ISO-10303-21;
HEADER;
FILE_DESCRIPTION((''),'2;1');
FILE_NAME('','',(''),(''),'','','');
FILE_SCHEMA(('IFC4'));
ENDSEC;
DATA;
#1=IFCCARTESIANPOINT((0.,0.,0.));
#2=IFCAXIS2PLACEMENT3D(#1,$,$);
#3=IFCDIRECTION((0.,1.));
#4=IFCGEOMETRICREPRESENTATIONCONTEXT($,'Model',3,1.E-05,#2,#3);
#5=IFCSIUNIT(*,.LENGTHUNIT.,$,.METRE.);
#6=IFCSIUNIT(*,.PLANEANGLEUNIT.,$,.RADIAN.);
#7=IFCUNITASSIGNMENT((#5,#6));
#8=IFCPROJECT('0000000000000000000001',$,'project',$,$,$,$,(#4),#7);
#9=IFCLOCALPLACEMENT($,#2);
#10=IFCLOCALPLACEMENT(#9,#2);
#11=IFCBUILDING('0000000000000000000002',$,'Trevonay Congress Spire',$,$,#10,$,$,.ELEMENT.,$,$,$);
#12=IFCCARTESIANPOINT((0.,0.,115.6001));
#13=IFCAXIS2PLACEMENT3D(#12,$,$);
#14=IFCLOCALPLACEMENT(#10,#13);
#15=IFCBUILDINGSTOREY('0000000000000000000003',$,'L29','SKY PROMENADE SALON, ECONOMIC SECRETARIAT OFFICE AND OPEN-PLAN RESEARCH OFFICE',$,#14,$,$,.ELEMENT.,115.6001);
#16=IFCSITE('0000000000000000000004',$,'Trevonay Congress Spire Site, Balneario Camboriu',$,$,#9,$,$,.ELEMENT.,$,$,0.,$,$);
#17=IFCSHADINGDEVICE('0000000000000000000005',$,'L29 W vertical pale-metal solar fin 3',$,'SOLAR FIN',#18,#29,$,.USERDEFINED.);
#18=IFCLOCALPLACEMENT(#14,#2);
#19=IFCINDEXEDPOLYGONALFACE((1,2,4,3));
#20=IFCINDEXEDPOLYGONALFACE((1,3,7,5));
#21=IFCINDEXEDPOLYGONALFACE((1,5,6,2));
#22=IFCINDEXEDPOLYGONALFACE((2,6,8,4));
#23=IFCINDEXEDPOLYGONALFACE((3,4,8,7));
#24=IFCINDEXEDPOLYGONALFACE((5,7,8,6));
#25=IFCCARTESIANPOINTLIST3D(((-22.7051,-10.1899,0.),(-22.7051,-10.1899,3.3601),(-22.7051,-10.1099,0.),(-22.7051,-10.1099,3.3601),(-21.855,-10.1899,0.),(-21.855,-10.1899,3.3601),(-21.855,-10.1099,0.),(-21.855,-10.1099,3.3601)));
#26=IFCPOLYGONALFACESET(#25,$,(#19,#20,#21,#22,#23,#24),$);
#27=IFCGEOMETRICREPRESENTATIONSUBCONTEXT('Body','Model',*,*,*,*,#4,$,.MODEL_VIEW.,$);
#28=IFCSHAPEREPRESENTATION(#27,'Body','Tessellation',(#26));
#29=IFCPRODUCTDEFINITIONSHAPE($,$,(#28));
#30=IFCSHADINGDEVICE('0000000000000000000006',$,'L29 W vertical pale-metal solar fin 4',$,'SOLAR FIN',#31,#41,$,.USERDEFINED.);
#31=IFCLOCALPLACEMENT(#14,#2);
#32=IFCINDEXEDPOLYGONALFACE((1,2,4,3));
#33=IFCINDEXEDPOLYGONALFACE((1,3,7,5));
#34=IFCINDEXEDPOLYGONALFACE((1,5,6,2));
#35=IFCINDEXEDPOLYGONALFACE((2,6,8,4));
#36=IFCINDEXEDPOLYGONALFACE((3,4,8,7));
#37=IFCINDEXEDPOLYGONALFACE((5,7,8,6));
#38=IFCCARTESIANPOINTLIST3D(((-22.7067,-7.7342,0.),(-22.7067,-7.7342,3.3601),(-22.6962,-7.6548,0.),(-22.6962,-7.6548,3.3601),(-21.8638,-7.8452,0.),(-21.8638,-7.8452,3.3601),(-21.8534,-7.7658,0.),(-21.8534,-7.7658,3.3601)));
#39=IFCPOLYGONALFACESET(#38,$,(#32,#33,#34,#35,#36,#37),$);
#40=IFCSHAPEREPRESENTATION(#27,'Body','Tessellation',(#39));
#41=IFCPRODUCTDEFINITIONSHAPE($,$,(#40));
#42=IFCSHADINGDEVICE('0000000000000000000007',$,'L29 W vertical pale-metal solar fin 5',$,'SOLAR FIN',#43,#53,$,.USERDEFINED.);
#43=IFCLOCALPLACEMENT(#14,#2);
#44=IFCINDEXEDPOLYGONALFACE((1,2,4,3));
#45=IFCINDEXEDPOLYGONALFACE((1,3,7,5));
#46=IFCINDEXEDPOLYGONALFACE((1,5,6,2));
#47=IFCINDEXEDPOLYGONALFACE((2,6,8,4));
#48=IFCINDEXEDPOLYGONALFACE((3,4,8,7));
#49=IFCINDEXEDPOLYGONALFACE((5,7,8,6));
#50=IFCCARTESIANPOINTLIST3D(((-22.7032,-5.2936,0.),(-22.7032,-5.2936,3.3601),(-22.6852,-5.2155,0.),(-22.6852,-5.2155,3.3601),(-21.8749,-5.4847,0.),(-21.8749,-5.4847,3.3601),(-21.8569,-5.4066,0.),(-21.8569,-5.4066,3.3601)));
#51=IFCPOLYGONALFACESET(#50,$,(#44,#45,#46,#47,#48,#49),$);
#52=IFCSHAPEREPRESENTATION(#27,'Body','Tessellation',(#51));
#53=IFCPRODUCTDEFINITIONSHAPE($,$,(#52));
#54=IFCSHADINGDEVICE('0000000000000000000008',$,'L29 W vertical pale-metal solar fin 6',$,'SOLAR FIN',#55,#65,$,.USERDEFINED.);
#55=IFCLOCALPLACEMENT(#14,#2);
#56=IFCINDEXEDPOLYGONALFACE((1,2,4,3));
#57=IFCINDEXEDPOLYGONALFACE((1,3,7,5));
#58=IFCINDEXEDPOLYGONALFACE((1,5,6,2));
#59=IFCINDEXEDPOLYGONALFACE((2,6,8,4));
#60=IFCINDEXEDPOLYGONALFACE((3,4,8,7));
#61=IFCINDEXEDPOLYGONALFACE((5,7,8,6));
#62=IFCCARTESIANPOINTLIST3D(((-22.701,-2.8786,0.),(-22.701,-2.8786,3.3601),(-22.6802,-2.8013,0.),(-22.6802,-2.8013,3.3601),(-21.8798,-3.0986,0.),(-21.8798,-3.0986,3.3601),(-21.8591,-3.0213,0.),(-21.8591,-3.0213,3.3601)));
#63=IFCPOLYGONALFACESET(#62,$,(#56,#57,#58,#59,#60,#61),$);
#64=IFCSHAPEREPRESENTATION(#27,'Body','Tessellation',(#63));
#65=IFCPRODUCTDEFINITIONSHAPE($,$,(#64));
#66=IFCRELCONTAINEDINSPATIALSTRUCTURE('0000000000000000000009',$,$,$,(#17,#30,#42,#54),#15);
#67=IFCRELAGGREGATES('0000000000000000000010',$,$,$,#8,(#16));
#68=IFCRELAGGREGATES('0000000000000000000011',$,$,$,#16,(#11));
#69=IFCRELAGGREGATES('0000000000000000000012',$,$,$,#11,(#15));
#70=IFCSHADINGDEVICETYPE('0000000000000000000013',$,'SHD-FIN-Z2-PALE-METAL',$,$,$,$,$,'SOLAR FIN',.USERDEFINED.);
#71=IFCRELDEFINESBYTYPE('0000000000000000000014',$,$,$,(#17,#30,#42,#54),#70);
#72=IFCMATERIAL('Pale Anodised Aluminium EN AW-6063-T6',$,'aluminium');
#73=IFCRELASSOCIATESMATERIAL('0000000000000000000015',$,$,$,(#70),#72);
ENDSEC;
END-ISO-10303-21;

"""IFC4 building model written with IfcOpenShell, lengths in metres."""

from ifc_helpers import new_model, si_unit, direction, frame, origin, origin_2d, place, context, subcontext, project, spatial, rectangle, extrude, material, type_object, element, save


model = new_model("IFC4")

# Units and contexts
model_context = context("Model", 3, precision=1e-05, world=origin(), true_north=direction((0.0, 1.0)))
body_context = subcontext(model_context, "Body", "Model", "MODEL_VIEW")
ifc_project = project(units=[si_unit("LENGTHUNIT", "METRE"), si_unit("PLANEANGLEUNIT", "RADIAN")], contexts=[model_context])

# Site, building, storey
site_placement = place(None, origin())
site = spatial("IfcSite", under=ifc_project, at=site_placement, Name="Trevonay Congress Spire Site, Balneario Camboriu", CompositionType="ELEMENT", RefElevation=0.0)
building_placement = place(site_placement, origin())
building = spatial("IfcBuilding", under=site, at=building_placement, Name="Trevonay Congress Spire", CompositionType="ELEMENT")
storey_placement = place(building_placement, frame((0.0, 0.0, 115.6001)))
storey = spatial("IfcBuildingStorey", under=building, at=storey_placement, Name="L29", Description="SKY PROMENADE SALON, ECONOMIC SECRETARIAT OFFICE AND OPEN-PLAN RESEARCH OFFICE", CompositionType="ELEMENT", Elevation=115.6001)

# Shared definitions
ifc_material_1 = material(Name="Pale Anodised Aluminium EN AW-6063-T6", Category="aluminium")

# Shading devices
shading_device_type = type_object("IfcShadingDeviceType", Name="SHD-FIN-Z2-PALE-METAL", ElementType="SOLAR FIN", PredefinedType="USERDEFINED", material=ifc_material_1)
for number, where, z_axis, x_axis, name in (
    (1, (-22.28, -10.1499, 0.0), (0.0, 0.0, 1.0), (0.0, 1.0, 0.0), "L29 W vertical pale-metal solar fin 3"),
    (2, (-22.28, -7.75, 0.0), (0.0, 0.0, 1.0), (0.130526, 0.991445, 0.0), "L29 W vertical pale-metal solar fin 4"),
    (3, (-22.28, -5.3501, 0.0), (0.0, 0.0, 1.0), (0.224781, 0.974409, 0.0), "L29 W vertical pale-metal solar fin 5"),
    (4, (-22.28, -2.95, 0.0), (0.0, 0.0, 1.0), (0.258819, 0.965926, 0.0), "L29 W vertical pale-metal solar fin 6"),
):
    element("IfcShadingDevice", number, at=place(storey_placement, frame(where, z_axis=z_axis, x_axis=x_axis)), inside=storey, type_object=shading_device_type, Name=name, ObjectType="SOLAR FIN", PredefinedType="USERDEFINED", context=body_context, shape_type="SweptSolid", body=[
        extrude(rectangle(XDim=0.0801, YDim=0.8501, at=origin_2d()), origin(), (0.0, 0.0, 1.0), 3.3601),
    ])

save(model, "model.ifc")
